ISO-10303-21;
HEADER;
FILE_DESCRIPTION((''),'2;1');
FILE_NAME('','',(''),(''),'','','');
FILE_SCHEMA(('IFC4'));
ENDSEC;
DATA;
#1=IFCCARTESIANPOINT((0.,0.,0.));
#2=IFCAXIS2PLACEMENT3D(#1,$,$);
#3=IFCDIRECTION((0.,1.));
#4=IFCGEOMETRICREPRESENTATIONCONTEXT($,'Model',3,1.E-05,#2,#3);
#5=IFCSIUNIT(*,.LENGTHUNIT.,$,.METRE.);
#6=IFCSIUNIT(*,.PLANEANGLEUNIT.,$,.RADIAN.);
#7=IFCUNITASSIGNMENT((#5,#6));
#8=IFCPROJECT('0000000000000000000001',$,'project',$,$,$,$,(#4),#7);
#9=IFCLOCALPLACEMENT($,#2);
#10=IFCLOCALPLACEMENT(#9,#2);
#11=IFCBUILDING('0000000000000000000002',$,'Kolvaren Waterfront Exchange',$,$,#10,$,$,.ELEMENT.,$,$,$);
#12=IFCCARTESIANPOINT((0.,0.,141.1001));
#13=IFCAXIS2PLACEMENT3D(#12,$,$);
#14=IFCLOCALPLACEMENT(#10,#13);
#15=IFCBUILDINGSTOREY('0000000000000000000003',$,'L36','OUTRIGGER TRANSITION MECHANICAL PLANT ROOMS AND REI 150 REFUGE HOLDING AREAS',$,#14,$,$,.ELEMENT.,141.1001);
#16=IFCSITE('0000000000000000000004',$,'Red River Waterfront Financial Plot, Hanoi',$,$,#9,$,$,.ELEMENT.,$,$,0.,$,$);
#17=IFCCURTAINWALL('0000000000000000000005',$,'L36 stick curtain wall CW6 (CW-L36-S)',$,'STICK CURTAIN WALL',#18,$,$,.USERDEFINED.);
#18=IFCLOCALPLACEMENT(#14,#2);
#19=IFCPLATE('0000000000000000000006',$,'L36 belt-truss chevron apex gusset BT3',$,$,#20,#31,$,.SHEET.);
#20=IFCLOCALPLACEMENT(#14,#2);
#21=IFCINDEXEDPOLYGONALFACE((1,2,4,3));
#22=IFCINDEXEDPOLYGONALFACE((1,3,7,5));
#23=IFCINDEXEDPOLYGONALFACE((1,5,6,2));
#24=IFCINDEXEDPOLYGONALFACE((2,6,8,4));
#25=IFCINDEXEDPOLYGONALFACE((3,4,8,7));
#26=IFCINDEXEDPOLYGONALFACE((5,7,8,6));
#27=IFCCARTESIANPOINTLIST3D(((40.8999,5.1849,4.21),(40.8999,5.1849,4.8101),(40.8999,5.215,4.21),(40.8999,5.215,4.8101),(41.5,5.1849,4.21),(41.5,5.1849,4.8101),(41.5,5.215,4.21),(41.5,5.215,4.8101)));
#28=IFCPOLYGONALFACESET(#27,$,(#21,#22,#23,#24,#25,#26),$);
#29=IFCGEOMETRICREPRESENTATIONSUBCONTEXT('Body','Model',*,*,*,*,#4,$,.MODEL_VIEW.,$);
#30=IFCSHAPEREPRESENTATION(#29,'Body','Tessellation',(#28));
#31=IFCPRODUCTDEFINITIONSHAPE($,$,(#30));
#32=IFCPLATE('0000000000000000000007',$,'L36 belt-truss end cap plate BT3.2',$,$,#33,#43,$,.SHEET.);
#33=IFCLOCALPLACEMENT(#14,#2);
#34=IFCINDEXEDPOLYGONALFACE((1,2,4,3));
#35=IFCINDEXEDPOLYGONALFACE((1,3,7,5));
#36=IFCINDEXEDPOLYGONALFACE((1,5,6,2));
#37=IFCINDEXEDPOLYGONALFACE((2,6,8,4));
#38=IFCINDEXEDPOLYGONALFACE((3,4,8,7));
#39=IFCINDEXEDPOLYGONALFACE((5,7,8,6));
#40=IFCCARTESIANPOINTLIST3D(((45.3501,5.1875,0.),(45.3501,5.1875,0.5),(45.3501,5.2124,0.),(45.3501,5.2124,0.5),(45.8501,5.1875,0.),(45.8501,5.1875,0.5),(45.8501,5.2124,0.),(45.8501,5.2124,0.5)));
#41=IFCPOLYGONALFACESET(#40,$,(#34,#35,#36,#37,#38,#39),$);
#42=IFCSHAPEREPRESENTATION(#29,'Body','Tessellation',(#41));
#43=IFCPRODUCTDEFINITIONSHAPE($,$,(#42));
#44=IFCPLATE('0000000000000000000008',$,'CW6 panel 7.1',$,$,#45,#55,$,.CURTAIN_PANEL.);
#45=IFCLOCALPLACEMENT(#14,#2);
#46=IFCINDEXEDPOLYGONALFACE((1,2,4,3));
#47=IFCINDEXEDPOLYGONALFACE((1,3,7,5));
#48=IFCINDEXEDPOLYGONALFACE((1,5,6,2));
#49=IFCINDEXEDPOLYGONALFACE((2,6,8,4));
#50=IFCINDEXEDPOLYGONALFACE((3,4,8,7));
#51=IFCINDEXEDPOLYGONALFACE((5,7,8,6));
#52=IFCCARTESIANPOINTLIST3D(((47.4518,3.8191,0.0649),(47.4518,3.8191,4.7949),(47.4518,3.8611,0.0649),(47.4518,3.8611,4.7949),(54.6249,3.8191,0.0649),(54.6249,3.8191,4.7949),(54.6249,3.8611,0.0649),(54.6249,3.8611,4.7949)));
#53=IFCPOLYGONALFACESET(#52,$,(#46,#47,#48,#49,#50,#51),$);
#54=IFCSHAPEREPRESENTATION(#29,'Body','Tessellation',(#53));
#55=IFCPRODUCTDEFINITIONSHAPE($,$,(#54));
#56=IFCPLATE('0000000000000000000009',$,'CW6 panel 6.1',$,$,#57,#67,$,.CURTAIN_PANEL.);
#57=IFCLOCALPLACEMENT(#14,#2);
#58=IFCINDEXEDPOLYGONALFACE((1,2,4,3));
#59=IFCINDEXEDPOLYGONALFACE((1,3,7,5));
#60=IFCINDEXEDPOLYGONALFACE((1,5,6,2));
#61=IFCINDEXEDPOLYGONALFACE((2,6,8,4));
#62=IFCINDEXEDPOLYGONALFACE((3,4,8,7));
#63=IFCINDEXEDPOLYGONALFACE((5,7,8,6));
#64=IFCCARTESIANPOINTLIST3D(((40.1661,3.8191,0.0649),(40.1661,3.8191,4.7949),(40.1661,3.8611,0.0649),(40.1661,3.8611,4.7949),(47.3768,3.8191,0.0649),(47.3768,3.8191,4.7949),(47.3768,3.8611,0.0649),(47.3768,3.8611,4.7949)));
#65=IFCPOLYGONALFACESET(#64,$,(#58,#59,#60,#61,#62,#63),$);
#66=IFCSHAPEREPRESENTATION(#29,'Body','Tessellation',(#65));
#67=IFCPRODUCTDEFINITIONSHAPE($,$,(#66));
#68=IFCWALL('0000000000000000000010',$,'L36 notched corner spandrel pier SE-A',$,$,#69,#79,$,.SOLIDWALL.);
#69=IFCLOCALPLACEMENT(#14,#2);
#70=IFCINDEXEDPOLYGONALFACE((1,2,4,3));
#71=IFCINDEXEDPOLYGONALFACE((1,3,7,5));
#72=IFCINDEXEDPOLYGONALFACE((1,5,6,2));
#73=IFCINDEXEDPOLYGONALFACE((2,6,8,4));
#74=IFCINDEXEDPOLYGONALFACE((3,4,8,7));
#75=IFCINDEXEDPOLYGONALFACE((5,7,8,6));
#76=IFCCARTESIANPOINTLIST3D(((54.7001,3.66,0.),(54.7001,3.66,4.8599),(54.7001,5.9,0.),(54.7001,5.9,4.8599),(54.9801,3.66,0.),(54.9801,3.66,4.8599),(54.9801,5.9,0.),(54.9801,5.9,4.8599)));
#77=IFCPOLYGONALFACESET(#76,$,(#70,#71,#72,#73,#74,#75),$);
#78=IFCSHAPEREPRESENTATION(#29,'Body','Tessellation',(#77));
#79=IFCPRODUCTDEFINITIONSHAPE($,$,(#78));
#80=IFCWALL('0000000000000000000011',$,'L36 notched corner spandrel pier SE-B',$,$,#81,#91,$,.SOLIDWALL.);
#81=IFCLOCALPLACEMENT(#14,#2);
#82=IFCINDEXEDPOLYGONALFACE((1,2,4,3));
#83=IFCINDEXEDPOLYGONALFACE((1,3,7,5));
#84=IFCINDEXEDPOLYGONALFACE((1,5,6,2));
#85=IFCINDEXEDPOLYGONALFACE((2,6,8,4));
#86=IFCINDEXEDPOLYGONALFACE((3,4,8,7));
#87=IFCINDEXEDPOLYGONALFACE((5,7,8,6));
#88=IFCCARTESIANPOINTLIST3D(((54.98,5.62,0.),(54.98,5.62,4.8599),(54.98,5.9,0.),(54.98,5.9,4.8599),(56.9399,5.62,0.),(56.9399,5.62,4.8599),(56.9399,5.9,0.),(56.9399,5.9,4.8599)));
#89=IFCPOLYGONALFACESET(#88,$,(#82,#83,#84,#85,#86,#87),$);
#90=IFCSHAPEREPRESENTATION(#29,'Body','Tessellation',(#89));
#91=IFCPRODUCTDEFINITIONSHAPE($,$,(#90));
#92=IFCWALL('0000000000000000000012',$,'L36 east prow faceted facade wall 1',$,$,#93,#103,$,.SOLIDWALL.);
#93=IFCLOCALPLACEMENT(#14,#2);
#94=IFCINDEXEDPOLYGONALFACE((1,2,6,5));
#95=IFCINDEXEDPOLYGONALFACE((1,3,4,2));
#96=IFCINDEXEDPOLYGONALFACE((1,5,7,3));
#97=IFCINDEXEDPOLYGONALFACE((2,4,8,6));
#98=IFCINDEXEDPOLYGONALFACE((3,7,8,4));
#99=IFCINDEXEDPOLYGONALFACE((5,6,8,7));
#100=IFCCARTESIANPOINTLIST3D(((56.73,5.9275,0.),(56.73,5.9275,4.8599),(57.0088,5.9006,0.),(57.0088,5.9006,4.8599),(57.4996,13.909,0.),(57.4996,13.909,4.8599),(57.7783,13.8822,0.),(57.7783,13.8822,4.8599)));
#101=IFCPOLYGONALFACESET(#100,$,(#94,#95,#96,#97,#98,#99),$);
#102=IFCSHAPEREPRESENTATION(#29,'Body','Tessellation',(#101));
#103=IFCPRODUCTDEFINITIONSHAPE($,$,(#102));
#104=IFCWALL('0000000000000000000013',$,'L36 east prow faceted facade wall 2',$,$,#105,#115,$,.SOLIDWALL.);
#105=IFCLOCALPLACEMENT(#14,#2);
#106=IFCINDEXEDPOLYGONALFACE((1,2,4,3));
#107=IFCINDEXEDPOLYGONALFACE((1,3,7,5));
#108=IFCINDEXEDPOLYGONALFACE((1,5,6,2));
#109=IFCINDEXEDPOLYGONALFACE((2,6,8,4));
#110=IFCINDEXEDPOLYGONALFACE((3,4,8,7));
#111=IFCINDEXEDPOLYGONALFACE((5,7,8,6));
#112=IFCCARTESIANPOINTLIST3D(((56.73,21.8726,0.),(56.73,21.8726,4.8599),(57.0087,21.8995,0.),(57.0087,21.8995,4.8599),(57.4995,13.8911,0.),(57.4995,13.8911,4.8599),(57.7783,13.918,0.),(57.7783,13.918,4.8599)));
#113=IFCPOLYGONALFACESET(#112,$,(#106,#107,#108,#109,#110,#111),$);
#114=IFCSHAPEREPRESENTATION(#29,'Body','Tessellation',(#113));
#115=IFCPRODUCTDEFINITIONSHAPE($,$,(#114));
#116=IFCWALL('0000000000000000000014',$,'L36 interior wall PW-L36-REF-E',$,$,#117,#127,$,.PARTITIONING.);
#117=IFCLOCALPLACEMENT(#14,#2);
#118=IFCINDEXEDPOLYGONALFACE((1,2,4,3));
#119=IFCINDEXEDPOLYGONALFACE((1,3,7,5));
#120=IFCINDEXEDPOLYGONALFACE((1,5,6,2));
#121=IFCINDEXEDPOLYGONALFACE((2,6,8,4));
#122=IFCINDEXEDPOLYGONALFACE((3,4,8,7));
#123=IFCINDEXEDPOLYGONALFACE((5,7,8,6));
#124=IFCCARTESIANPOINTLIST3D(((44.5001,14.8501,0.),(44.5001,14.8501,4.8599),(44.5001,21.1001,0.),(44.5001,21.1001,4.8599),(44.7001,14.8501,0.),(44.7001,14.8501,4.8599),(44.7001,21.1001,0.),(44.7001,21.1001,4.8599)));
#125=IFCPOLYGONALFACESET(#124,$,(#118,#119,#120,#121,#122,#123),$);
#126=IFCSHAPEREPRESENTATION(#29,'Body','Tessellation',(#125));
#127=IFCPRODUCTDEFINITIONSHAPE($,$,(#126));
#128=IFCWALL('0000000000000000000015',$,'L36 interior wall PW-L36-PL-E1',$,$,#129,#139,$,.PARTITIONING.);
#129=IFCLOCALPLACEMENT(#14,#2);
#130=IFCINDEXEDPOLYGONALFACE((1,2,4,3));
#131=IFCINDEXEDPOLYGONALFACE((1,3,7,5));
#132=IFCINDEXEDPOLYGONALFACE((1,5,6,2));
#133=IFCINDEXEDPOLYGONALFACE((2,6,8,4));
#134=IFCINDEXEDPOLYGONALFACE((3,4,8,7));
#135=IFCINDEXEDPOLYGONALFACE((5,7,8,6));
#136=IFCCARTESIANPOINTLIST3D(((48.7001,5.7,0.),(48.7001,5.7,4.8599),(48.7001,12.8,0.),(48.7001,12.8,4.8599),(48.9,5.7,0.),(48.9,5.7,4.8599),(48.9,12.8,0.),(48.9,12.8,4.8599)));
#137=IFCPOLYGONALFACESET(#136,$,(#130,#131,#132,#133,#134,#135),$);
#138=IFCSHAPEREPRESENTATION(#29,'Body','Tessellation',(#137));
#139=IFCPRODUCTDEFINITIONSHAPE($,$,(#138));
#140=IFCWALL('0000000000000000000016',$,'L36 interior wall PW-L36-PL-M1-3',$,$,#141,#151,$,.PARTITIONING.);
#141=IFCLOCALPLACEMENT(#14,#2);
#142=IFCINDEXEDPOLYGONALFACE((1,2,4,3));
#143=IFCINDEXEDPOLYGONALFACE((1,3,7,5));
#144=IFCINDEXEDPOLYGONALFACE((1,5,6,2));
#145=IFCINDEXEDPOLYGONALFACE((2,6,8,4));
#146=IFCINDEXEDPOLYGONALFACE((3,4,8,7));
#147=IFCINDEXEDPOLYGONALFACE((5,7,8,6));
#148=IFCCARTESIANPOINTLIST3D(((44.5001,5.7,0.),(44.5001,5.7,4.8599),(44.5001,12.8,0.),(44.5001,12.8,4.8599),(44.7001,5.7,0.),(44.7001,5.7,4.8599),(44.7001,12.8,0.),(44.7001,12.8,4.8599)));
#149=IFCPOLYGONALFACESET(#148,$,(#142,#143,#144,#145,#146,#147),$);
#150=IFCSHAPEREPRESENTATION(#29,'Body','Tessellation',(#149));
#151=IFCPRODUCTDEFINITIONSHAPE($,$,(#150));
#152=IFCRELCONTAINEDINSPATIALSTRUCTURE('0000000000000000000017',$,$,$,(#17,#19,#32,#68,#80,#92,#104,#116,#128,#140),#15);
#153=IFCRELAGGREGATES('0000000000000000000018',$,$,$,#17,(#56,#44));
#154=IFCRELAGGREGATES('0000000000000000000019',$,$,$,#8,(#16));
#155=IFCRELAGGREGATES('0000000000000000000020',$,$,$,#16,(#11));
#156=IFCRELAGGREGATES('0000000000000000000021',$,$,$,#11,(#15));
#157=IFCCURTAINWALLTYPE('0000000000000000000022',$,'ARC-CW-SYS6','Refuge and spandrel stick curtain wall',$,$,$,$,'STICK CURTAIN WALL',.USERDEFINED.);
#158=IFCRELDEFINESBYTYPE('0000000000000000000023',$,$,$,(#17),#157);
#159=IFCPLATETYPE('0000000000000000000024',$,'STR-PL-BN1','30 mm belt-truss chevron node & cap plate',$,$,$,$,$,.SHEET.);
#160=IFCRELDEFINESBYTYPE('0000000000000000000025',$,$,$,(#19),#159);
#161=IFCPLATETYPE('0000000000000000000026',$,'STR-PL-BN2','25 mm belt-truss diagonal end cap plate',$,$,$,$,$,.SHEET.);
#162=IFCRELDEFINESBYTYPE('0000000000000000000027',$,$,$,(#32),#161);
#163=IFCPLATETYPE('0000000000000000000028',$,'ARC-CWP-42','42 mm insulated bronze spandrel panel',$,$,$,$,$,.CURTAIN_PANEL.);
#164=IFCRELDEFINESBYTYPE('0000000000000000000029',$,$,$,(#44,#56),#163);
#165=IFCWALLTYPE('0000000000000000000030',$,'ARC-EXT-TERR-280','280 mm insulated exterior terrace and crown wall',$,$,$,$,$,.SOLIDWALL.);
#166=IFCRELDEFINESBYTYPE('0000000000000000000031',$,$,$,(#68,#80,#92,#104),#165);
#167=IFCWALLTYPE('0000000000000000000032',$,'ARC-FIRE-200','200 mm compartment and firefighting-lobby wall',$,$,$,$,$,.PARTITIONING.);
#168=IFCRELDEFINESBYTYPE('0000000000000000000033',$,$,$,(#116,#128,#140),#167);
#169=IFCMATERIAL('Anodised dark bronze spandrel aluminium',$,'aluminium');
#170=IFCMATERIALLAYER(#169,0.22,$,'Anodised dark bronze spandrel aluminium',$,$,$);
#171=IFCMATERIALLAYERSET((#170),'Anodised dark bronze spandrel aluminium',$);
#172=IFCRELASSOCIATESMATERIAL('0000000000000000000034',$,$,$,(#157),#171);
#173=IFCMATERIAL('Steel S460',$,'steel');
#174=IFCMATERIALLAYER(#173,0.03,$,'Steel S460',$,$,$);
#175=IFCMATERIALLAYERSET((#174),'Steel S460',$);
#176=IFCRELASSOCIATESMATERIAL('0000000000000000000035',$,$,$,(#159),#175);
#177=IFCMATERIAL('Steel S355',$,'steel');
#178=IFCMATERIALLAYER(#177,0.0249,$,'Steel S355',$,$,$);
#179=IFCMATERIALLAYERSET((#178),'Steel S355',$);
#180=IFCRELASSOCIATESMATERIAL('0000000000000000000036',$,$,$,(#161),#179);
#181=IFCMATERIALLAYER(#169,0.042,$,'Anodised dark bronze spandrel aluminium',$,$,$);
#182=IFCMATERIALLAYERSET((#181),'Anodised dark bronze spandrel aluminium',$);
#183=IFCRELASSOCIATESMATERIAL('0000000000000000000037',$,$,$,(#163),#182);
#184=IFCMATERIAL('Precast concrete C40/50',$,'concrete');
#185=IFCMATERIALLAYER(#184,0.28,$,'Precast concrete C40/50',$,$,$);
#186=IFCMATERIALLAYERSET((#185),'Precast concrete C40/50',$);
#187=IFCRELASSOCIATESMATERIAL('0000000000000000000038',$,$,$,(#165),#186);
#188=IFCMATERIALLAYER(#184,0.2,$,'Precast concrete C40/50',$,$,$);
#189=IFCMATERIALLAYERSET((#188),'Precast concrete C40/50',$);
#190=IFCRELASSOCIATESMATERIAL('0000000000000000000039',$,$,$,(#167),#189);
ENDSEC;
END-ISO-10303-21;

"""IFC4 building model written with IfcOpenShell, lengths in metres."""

from ifc_helpers import new_model, si_unit, direction, frame, frame_2d, origin, origin_with_axes, origin_2d, place, context, subcontext, project, spatial, rectangle, extrude, source, transform, mapped, material, layer, layer_set, type_object, element, aggregate, save


model = new_model("IFC4")

# Units and contexts
model_context = context("Model", 3, precision=1e-05, world=origin(), true_north=direction((0.0, 1.0)))
body_context = subcontext(model_context, "Body", "Model", "MODEL_VIEW")
ifc_project = project(units=[si_unit("LENGTHUNIT", "METRE"), si_unit("PLANEANGLEUNIT", "RADIAN")], contexts=[model_context])

# Site, building, storey
site_placement = place(None, origin())
site = spatial("IfcSite", under=ifc_project, at=site_placement, Name="Red River Waterfront Financial Plot, Hanoi", CompositionType="ELEMENT", RefElevation=0.0)
building_placement = place(site_placement, origin())
building = spatial("IfcBuilding", under=site, at=building_placement, Name="Kolvaren Waterfront Exchange", CompositionType="ELEMENT")
storey_placement = place(building_placement, frame((0.0, 0.0, 141.1001)))
storey = spatial("IfcBuildingStorey", under=building, at=storey_placement, Name="L36", Description="OUTRIGGER TRANSITION MECHANICAL PLANT ROOMS AND REI 150 REFUGE HOLDING AREAS", CompositionType="ELEMENT", Elevation=141.1001)

# Shared definitions
ifc_material_1 = material(Name="Steel S355", Category="steel")

# Shared definitions
ifc_material_2 = material(Name="Steel S460", Category="steel")

# Curtain wall
ifc_material_3 = material(Name="Anodised dark bronze spandrel aluminium", Category="aluminium")
ifc_layer_1 = layer(ifc_material_3, 0.22, Name="Anodised dark bronze spandrel aluminium")
ifc_layer_set_1 = layer_set([ifc_layer_1], Name="Anodised dark bronze spandrel aluminium")
curtain_wall_type = type_object("IfcCurtainWallType", Name="ARC-CW-SYS6", Description="Refuge and spandrel stick curtain wall", ElementType="STICK CURTAIN WALL", PredefinedType="USERDEFINED", material=ifc_layer_set_1)
curtain_wall_placement = place(storey_placement, origin())
curtain_wall = element("IfcCurtainWall", 1, at=curtain_wall_placement, inside=storey, type_object=curtain_wall_type, Name="L36 stick curtain wall CW6 (CW-L36-S)", ObjectType="STICK CURTAIN WALL", PredefinedType="USERDEFINED")

# Plates
ifc_layer_2 = layer(ifc_material_2, 0.03, Name="Steel S460")
ifc_layer_set_2 = layer_set([ifc_layer_2], Name="Steel S460")
plate_type_1 = type_object("IfcPlateType", Name="STR-PL-BN1", Description="30 mm belt-truss chevron node & cap plate", PredefinedType="SHEET", material=ifc_layer_set_2)
shared_shape_1 = source(origin_with_axes(), body_context, "Body", "SweptSolid", [
    extrude(rectangle(XDim=0.6001, YDim=0.03, at=origin_2d()), origin(), (0.0, 0.0, 1.0), 0.6001),
])
plate_1_placement = place(storey_placement, frame((41.2, 5.2, 4.21), z_axis=(0.0, 0.0, 1.0), x_axis=(1.0, 0.0, 0.0)))
element("IfcPlate", 2, at=plate_1_placement, inside=storey, type_object=plate_type_1, Name="L36 belt-truss chevron apex gusset BT3", PredefinedType="SHEET", context=body_context, shape_type="MappedRepresentation", body=[
    mapped(shared_shape_1, transform((0.0, 0.0, 0.0), x_axis=(1.0, 0.0, 0.0), y_axis=(0.0, 1.0, 0.0), z_axis=(0.0, 0.0, 1.0), scale=1.0)),
])
ifc_layer_3 = layer(ifc_material_1, 0.0249, Name="Steel S355")
ifc_layer_set_3 = layer_set([ifc_layer_3], Name="Steel S355")
plate_type_2 = type_object("IfcPlateType", Name="STR-PL-BN2", Description="25 mm belt-truss diagonal end cap plate", PredefinedType="SHEET", material=ifc_layer_set_3)
shared_shape_2 = source(origin_with_axes(), body_context, "Body", "SweptSolid", [
    extrude(rectangle(XDim=0.5, YDim=0.0249, at=origin_2d()), origin(), (0.0, 0.0, 1.0), 0.5),
])
plate_2_placement = place(storey_placement, frame((45.6001, 5.2, 0.0), z_axis=(0.0, 0.0, 1.0), x_axis=(1.0, 0.0, 0.0)))
element("IfcPlate", 3, at=plate_2_placement, inside=storey, type_object=plate_type_2, Name="L36 belt-truss end cap plate BT3.2", PredefinedType="SHEET", context=body_context, shape_type="MappedRepresentation", body=[
    mapped(shared_shape_2, transform((0.0, 0.0, 0.0), x_axis=(1.0, 0.0, 0.0), y_axis=(0.0, 1.0, 0.0), z_axis=(0.0, 0.0, 1.0), scale=1.0)),
])

# Plates
ifc_layer_4 = layer(ifc_material_3, 0.042, Name="Anodised dark bronze spandrel aluminium")
ifc_layer_set_4 = layer_set([ifc_layer_4], Name="Anodised dark bronze spandrel aluminium")
plate_type_3 = type_object("IfcPlateType", Name="ARC-CWP-42", Description="42 mm insulated bronze spandrel panel", PredefinedType="CURTAIN_PANEL", material=ifc_layer_set_4)
shared_shape_3 = source(origin_with_axes(), body_context, "Body", "SweptSolid", [
    extrude(rectangle(XDim=7.1731, YDim=0.042, at=origin_2d()), origin(), (0.0, 0.0, 1.0), 4.73),
])
plate_3_placement = place(storey_placement, frame((51.0383, 3.8401, 0.0649), z_axis=(0.0, 0.0, 1.0), x_axis=(1.0, 0.0, 0.0)))
plate_3 = element("IfcPlate", 4, at=plate_3_placement, type_object=plate_type_3, Name="CW6 panel 7.1", PredefinedType="CURTAIN_PANEL", context=body_context, shape_type="MappedRepresentation", body=[
    mapped(shared_shape_3, transform((0.0, 0.0, 0.0), x_axis=(1.0, 0.0, 0.0), y_axis=(0.0, 1.0, 0.0), z_axis=(0.0, 0.0, 1.0), scale=1.0)),
])
shared_shape_4 = source(origin_with_axes(), body_context, "Body", "SweptSolid", [
    extrude(rectangle(XDim=7.2107, YDim=0.042, at=origin_2d()), origin(), (0.0, 0.0, 1.0), 4.73),
])
plate_4_placement = place(storey_placement, frame((43.7715, 3.8401, 0.0649), z_axis=(0.0, 0.0, 1.0), x_axis=(1.0, 0.0, 0.0)))
plate_4 = element("IfcPlate", 5, at=plate_4_placement, type_object=plate_type_3, Name="CW6 panel 6.1", PredefinedType="CURTAIN_PANEL", context=body_context, shape_type="MappedRepresentation", body=[
    mapped(shared_shape_4, transform((0.0, 0.0, 0.0), x_axis=(1.0, 0.0, 0.0), y_axis=(0.0, 1.0, 0.0), z_axis=(0.0, 0.0, 1.0), scale=1.0)),
])
aggregate(curtain_wall, [plate_4, plate_3])

# Walls
ifc_material_4 = material(Name="Precast concrete C40/50", Category="concrete")
ifc_layer_5 = layer(ifc_material_4, 0.28, Name="Precast concrete C40/50")
ifc_layer_set_5 = layer_set([ifc_layer_5], Name="Precast concrete C40/50")
wall_type_1 = type_object("IfcWallType", Name="ARC-EXT-TERR-280", Description="280 mm insulated exterior terrace and crown wall", PredefinedType="SOLIDWALL", material=ifc_layer_set_5)
wall_1_placement = place(storey_placement, frame((54.8401, 3.6599, 0.0), z_axis=(0.0, 0.0, 1.0), x_axis=(0.0, 1.0, 0.0)))
element("IfcWall", 6, at=wall_1_placement, inside=storey, type_object=wall_type_1, Name="L36 notched corner spandrel pier SE-A", PredefinedType="SOLIDWALL", context=body_context, shape_type="SweptSolid", body=[
    extrude(rectangle(XDim=2.24, YDim=0.28, at=frame_2d((1.1201, 0.0))), origin(), (0.0, 0.0, 1.0), 4.8599),
])
wall_2_placement = place(storey_placement, frame((54.98, 5.76, 0.0), z_axis=(0.0, 0.0, 1.0), x_axis=(1.0, 0.0, 0.0)))
element("IfcWall", 7, at=wall_2_placement, inside=storey, type_object=wall_type_1, Name="L36 notched corner spandrel pier SE-B", PredefinedType="SOLIDWALL", context=body_context, shape_type="SweptSolid", body=[
    extrude(rectangle(XDim=1.96, YDim=0.28, at=frame_2d((0.98, 0.0))), origin(), (0.0, 0.0, 1.0), 4.8599),
])
for number, where, z_axis, x_axis, name in (
    (8, (56.8694, 5.9141, 0.0), (0.0, 0.0, 1.0), (0.09597, 0.995384, 0.0), "L36 east prow faceted facade wall 1"),
    (9, (57.6389, 13.9045, 0.0), (0.0, 0.0, 1.0), (-0.09597, 0.995384, 0.0), "L36 east prow faceted facade wall 2"),
):
    element("IfcWall", number, at=place(storey_placement, frame(where, z_axis=z_axis, x_axis=x_axis)), inside=storey, type_object=wall_type_1, Name=name, PredefinedType="SOLIDWALL", context=body_context, shape_type="SweptSolid", body=[
        extrude(rectangle(XDim=8.0186, YDim=0.28, at=frame_2d((4.0093, 0.0))), origin(), (0.0, 0.0, 1.0), 4.8599),
    ])
ifc_layer_6 = layer(ifc_material_4, 0.2, Name="Precast concrete C40/50")
ifc_layer_set_6 = layer_set([ifc_layer_6], Name="Precast concrete C40/50")
wall_type_2 = type_object("IfcWallType", Name="ARC-FIRE-200", Description="200 mm compartment and firefighting-lobby wall", PredefinedType="PARTITIONING", material=ifc_layer_set_6)
wall_3_placement = place(storey_placement, frame((44.6001, 14.8501, 0.0), z_axis=(0.0, 0.0, 1.0), x_axis=(0.0, 1.0, 0.0)))
element("IfcWall", 10, at=wall_3_placement, inside=storey, type_object=wall_type_2, Name="L36 interior wall PW-L36-REF-E", PredefinedType="PARTITIONING", context=body_context, shape_type="SweptSolid", body=[
    extrude(rectangle(XDim=6.25, YDim=0.2, at=frame_2d((3.125, 0.0))), origin(), (0.0, 0.0, 1.0), 4.8599),
])
for number, where, z_axis, x_axis, name in (
    (11, (48.8, 5.7, 0.0), (0.0, 0.0, 1.0), (0.0, 1.0, 0.0), "L36 interior wall PW-L36-PL-E1"),
    (12, (44.6001, 5.7, 0.0), (0.0, 0.0, 1.0), (0.0, 1.0, 0.0), "L36 interior wall PW-L36-PL-M1-3"),
):
    element("IfcWall", number, at=place(storey_placement, frame(where, z_axis=z_axis, x_axis=x_axis)), inside=storey, type_object=wall_type_2, Name=name, PredefinedType="PARTITIONING", context=body_context, shape_type="SweptSolid", body=[
        extrude(rectangle(XDim=7.1001, YDim=0.2, at=frame_2d((3.55, 0.0))), origin(), (0.0, 0.0, 1.0), 4.8599),
    ])

save(model, "model.ifc")
